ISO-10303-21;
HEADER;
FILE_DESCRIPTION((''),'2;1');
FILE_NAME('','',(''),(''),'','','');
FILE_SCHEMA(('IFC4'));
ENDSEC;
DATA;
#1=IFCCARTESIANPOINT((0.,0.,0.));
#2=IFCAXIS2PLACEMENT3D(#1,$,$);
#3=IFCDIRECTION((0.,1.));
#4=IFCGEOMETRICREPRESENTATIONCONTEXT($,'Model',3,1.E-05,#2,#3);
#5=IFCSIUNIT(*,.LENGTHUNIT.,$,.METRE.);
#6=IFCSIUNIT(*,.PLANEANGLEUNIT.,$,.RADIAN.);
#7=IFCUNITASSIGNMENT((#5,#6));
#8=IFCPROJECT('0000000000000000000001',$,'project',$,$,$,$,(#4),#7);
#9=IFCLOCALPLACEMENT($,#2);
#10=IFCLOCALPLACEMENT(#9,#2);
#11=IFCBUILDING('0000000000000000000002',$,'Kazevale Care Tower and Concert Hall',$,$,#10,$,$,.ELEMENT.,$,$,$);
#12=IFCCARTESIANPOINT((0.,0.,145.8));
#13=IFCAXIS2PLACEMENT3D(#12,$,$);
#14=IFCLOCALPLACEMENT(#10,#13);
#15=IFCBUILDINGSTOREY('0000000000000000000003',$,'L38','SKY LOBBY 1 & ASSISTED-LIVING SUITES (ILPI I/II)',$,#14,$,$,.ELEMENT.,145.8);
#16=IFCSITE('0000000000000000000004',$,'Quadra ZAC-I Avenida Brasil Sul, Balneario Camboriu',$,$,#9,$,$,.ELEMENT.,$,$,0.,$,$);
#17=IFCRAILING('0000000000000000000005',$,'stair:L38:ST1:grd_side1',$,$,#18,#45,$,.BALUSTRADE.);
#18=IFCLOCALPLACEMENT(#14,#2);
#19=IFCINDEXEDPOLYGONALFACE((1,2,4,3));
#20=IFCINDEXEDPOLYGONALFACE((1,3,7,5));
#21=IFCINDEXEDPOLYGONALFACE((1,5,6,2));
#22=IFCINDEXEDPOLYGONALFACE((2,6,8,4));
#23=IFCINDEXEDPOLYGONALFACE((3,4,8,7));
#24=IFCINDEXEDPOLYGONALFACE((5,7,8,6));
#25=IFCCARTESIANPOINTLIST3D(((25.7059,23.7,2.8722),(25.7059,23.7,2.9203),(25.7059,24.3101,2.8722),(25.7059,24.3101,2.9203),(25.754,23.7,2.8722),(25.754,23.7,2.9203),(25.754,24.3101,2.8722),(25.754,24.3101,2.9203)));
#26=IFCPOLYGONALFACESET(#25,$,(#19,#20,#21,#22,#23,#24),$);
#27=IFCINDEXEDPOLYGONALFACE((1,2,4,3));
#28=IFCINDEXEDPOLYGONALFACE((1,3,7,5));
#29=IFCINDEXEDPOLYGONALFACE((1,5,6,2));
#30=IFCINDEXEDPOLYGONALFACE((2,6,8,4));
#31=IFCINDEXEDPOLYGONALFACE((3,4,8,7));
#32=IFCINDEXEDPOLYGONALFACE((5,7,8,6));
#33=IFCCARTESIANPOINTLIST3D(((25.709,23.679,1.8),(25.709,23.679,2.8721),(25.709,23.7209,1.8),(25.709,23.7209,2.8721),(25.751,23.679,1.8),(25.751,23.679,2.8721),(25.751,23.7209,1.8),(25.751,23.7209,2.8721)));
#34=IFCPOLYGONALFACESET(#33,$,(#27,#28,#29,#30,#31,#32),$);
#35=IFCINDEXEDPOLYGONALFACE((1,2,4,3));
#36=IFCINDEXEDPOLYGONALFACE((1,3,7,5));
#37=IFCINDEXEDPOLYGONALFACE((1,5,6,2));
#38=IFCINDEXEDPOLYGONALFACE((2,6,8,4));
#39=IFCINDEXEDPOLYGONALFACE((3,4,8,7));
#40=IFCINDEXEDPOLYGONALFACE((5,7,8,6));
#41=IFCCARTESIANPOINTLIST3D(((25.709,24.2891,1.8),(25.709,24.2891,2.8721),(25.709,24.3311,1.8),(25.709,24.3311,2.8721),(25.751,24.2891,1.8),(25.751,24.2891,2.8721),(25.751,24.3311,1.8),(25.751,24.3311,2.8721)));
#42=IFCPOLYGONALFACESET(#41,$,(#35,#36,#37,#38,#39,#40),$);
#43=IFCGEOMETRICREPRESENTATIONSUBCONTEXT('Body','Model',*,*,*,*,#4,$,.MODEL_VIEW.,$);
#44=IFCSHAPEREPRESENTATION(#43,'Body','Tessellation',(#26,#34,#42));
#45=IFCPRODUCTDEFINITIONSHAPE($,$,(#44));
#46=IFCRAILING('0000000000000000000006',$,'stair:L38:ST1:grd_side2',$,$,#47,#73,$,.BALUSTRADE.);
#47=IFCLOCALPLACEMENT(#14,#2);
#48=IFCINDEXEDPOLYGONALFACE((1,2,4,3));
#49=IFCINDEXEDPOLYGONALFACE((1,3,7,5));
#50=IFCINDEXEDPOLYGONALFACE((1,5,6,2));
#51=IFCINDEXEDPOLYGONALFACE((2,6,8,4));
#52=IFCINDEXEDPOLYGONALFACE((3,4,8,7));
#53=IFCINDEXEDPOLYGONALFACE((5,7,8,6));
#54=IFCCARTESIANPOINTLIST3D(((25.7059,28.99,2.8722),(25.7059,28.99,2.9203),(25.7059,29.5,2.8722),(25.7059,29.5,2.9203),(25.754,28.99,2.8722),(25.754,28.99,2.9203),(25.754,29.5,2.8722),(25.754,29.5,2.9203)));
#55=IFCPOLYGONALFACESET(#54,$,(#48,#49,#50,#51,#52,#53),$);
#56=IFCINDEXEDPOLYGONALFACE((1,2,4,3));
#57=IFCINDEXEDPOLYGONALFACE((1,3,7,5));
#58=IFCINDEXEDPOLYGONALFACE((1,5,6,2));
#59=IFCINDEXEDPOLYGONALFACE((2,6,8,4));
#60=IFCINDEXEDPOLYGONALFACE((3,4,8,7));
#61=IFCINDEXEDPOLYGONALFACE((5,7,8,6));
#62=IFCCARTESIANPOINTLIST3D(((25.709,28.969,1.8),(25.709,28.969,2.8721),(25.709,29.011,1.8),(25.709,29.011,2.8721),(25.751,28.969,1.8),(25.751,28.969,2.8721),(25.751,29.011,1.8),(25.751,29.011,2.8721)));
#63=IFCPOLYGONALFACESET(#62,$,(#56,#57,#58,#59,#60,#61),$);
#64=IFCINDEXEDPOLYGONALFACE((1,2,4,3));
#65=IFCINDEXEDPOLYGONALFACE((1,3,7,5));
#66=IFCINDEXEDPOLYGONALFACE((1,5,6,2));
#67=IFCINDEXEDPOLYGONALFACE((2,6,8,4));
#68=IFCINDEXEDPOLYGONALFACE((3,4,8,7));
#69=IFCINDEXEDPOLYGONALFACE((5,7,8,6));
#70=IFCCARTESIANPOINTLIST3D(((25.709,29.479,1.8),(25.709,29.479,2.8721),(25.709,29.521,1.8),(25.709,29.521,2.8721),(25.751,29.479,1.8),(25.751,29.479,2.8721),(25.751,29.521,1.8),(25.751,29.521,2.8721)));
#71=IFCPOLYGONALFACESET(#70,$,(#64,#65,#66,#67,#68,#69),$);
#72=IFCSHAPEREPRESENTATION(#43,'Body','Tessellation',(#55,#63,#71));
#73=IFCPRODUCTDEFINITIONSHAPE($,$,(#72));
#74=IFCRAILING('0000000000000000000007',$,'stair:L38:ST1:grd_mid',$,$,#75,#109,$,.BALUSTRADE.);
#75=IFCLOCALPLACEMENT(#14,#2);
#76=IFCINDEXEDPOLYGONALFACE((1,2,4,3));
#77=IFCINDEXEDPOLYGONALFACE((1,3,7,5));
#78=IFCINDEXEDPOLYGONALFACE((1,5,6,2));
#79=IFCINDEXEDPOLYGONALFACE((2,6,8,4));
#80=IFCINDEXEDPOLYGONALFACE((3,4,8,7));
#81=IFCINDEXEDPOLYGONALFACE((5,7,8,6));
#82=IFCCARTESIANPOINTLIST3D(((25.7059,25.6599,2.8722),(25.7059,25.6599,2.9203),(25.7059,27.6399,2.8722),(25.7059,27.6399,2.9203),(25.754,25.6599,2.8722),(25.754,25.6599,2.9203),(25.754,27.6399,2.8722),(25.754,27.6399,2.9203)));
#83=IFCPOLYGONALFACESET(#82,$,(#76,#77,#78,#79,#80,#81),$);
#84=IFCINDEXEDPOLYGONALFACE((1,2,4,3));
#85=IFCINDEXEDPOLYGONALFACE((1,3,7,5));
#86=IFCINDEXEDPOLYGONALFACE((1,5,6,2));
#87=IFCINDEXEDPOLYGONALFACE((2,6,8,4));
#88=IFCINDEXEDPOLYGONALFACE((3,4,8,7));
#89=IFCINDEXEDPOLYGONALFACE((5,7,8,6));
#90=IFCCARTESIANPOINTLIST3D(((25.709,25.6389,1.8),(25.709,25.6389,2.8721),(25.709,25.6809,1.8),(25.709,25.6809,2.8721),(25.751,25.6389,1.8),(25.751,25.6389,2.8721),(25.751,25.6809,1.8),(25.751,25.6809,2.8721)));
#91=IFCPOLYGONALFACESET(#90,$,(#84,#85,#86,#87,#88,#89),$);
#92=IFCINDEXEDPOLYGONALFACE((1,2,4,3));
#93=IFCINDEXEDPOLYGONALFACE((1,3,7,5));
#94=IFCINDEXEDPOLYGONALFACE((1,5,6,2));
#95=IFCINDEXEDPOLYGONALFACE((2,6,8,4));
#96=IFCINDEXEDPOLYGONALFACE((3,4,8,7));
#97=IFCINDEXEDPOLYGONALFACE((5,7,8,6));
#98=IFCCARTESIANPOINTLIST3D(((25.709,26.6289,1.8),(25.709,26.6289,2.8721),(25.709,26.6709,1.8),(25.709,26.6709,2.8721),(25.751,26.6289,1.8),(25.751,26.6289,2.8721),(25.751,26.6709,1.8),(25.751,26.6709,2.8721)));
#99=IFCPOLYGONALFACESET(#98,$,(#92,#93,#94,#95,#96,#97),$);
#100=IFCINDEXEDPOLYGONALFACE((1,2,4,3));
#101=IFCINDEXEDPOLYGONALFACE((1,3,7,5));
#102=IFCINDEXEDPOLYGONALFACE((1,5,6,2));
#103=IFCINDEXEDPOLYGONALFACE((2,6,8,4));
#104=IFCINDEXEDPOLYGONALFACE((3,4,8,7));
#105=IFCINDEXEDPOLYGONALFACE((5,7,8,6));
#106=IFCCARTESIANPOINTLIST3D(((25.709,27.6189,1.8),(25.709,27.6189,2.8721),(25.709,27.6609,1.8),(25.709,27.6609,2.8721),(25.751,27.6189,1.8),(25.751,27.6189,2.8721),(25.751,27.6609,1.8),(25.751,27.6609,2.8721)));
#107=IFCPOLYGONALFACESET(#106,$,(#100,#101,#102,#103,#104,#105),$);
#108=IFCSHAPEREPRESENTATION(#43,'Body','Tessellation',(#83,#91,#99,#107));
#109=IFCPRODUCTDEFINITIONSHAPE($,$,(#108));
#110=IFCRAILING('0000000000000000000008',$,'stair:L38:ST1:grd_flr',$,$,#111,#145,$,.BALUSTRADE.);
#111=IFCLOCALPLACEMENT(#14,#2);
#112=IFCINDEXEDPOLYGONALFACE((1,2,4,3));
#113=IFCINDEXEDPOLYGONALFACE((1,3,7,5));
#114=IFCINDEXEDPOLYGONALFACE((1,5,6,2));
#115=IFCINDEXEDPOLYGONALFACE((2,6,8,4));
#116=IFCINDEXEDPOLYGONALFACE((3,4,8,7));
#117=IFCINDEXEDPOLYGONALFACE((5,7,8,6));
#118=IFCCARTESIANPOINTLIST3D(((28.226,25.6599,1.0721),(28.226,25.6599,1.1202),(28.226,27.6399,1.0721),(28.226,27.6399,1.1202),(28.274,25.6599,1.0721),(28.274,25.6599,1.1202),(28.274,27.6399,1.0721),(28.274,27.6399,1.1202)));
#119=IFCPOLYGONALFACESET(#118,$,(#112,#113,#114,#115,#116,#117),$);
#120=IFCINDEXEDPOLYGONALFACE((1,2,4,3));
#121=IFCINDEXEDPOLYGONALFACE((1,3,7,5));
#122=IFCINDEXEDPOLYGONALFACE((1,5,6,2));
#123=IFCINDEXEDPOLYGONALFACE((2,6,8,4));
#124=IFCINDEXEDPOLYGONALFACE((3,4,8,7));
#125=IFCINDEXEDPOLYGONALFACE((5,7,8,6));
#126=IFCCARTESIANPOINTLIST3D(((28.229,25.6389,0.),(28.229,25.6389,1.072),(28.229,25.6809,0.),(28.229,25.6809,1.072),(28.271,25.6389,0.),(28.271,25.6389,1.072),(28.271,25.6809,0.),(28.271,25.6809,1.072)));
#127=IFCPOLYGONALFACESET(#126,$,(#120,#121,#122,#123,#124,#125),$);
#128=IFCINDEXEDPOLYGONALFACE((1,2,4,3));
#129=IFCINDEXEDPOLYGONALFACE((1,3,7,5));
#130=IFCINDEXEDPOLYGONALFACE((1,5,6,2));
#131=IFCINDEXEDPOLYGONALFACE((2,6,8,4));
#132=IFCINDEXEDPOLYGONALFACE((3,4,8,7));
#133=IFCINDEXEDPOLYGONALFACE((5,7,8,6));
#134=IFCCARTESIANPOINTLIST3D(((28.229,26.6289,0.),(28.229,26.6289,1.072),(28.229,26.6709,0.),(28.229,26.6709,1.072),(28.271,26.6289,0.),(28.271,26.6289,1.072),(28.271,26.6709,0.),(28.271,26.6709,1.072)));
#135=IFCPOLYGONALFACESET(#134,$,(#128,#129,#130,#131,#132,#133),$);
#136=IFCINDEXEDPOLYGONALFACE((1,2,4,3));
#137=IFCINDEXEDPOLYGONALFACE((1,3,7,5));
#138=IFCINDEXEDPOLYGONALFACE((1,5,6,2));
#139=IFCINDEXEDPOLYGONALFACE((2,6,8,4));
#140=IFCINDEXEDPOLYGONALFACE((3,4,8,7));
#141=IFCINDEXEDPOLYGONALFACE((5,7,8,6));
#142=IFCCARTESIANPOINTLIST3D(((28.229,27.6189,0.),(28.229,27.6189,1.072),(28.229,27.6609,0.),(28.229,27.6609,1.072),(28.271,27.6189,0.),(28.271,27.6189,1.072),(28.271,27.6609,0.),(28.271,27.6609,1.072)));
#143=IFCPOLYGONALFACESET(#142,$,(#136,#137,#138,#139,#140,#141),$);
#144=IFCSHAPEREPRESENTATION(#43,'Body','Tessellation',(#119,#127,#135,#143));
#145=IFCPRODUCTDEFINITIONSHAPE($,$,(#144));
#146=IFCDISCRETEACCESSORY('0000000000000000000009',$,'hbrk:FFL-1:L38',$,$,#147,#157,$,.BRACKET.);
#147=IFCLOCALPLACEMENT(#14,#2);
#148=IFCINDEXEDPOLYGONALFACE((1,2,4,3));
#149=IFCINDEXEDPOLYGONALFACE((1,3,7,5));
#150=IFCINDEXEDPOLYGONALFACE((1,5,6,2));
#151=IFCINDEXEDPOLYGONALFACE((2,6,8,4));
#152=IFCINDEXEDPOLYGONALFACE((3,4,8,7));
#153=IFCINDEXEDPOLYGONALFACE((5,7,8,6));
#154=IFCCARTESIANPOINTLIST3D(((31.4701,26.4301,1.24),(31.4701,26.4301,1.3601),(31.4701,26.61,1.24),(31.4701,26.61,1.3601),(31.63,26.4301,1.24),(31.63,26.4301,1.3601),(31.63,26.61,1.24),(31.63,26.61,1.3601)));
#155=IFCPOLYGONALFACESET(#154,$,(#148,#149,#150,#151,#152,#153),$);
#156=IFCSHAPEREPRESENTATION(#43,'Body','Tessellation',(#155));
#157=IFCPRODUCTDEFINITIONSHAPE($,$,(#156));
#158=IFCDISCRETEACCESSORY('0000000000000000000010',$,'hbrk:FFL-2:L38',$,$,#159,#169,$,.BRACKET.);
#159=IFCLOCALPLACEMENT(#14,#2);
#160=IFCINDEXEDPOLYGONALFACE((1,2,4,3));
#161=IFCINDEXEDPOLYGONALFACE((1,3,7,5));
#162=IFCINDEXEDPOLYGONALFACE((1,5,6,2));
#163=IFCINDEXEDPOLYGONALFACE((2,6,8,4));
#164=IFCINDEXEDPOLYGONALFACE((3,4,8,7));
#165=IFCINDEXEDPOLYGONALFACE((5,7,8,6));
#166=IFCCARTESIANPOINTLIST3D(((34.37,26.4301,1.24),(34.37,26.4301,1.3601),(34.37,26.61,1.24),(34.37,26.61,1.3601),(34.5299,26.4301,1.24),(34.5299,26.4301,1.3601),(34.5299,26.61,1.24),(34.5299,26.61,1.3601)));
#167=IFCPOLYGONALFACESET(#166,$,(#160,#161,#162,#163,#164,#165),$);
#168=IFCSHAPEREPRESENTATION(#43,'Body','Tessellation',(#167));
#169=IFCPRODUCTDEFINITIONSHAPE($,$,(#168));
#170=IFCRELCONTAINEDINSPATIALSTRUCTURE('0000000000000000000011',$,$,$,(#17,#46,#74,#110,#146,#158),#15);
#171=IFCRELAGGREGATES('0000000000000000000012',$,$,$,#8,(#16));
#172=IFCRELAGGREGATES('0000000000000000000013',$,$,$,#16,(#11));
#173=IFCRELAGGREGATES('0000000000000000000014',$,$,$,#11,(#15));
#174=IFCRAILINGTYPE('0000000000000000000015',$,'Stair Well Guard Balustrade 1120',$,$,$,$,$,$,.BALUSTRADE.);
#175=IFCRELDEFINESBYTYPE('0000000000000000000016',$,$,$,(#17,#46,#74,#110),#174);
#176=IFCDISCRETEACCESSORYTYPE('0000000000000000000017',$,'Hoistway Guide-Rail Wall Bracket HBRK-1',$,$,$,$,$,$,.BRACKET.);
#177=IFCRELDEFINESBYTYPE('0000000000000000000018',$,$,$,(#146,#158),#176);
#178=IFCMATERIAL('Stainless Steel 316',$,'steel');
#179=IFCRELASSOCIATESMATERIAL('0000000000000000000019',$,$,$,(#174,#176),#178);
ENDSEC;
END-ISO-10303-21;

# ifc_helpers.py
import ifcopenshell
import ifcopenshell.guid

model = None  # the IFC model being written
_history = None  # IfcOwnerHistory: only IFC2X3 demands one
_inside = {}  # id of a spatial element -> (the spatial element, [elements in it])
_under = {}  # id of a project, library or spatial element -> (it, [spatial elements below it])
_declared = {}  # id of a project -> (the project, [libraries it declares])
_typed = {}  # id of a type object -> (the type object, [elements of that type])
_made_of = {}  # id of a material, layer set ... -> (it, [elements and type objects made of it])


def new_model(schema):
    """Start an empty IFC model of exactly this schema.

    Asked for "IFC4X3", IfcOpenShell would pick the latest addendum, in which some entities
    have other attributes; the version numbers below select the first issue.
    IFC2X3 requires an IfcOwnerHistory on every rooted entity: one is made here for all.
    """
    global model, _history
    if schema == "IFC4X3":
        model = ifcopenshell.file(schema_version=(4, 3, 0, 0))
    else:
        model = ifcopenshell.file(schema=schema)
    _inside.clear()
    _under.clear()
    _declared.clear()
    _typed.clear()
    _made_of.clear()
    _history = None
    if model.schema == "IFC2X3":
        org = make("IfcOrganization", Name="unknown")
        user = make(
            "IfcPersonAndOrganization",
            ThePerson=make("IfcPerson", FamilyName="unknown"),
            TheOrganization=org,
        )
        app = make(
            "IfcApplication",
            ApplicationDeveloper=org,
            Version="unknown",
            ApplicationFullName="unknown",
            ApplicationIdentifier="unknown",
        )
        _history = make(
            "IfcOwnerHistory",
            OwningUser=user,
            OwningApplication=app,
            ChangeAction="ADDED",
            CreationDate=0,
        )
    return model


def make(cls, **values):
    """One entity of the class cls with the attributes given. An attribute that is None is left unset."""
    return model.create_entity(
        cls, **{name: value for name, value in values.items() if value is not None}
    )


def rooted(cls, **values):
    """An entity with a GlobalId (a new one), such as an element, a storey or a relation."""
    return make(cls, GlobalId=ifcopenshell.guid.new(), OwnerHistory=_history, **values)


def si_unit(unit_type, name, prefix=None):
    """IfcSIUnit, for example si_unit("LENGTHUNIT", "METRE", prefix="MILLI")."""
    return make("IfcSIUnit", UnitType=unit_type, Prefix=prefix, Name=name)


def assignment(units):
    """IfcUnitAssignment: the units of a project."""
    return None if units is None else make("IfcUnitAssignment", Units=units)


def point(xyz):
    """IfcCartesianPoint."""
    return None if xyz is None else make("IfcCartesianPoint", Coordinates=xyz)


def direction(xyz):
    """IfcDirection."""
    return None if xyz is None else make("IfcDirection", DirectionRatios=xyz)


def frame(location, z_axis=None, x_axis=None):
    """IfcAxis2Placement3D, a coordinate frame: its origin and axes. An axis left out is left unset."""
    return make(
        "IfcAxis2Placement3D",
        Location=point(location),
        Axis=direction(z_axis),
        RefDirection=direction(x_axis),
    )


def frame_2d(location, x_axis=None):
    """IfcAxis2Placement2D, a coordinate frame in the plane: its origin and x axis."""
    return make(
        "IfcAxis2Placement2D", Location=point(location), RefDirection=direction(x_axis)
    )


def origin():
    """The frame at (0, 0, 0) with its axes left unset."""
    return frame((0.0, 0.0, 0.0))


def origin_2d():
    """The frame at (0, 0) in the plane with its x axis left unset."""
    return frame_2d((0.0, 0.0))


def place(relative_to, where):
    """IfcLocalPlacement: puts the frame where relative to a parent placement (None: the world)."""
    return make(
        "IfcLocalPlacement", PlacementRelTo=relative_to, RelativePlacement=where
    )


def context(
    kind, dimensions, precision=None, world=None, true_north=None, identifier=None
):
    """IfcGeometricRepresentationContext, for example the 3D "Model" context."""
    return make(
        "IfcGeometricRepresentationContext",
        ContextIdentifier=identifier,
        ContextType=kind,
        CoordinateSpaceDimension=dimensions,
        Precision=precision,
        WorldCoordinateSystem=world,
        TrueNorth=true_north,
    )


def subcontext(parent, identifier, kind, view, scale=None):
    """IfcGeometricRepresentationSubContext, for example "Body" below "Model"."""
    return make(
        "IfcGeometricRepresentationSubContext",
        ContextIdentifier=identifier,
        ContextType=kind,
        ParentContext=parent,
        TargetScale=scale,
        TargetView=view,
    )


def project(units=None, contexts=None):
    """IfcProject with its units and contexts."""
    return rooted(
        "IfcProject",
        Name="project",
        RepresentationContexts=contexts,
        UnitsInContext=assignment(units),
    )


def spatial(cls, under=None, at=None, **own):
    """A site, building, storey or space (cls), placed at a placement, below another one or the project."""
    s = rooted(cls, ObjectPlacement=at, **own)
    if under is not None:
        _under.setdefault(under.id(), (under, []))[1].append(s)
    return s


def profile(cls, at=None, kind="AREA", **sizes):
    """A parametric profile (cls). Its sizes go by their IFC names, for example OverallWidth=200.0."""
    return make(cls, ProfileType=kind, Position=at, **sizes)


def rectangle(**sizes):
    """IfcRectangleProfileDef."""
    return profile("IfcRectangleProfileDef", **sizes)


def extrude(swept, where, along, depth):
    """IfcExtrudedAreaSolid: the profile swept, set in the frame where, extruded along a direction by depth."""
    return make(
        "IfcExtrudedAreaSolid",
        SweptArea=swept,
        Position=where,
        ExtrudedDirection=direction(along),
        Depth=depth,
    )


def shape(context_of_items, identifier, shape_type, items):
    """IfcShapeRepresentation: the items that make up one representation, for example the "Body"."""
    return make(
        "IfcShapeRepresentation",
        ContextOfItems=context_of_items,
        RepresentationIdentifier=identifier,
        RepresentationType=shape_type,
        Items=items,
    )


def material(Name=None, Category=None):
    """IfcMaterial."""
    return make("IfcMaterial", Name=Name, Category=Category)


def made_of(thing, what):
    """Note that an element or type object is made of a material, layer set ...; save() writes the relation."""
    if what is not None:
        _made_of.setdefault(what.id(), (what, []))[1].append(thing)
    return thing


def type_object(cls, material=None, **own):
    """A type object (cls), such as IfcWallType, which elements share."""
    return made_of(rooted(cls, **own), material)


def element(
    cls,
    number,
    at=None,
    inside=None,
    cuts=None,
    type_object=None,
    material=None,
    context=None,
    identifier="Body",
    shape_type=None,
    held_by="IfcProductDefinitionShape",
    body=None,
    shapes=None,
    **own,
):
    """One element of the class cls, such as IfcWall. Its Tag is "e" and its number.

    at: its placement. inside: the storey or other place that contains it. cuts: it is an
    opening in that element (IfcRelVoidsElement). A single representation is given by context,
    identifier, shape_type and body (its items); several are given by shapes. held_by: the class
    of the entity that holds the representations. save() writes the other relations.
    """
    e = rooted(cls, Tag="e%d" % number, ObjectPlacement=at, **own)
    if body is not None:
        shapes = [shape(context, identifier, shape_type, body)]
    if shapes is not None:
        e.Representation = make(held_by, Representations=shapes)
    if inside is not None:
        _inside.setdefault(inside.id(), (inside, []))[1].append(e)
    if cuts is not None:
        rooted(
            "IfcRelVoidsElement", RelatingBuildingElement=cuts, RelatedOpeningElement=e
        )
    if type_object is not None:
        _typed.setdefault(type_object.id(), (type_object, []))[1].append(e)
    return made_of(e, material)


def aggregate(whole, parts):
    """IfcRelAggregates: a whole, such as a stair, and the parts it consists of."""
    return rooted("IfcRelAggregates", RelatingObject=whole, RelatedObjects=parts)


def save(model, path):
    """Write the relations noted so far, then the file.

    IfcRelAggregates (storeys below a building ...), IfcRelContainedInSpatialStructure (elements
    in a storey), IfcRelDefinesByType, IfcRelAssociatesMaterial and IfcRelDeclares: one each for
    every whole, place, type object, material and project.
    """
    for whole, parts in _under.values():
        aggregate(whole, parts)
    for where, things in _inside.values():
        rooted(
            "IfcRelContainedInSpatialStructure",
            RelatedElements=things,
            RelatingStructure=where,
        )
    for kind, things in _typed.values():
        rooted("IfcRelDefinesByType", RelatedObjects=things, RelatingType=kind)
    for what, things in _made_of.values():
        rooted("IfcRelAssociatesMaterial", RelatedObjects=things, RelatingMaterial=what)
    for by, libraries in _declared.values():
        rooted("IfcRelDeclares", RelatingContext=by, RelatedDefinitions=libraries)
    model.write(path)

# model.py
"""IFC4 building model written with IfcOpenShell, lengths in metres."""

from ifc_helpers import new_model, si_unit, direction, frame, origin, origin_2d, place, context, subcontext, project, spatial, rectangle, extrude, material, type_object, element, save


model = new_model("IFC4")

# Units and contexts
model_context = context("Model", 3, precision=1e-05, world=origin(), true_north=direction((0.0, 1.0)))
body_context = subcontext(model_context, "Body", "Model", "MODEL_VIEW")
ifc_project = project(units=[si_unit("LENGTHUNIT", "METRE"), si_unit("PLANEANGLEUNIT", "RADIAN")], contexts=[model_context])

# Site, building, storey
site_placement = place(None, origin())
site = spatial("IfcSite", under=ifc_project, at=site_placement, Name="Quadra ZAC-I Avenida Brasil Sul, Balneario Camboriu", CompositionType="ELEMENT", RefElevation=0.0)
building_placement = place(site_placement, origin())
building = spatial("IfcBuilding", under=site, at=building_placement, Name="Kazevale Care Tower and Concert Hall", CompositionType="ELEMENT")
storey_placement = place(building_placement, frame((0.0, 0.0, 145.8)))
storey = spatial("IfcBuildingStorey", under=building, at=storey_placement, Name="L38", Description="SKY LOBBY 1 & ASSISTED-LIVING SUITES (ILPI I/II)", CompositionType="ELEMENT", Elevation=145.8)

# Shared definitions
ifc_material_1 = material(Name="Stainless Steel 316", Category="steel")

# Railings
railing_type_1 = type_object("IfcRailingType", Name="Stair Well Guard Balustrade 1120", PredefinedType="BALUSTRADE", material=ifc_material_1)
railing_1_placement = place(storey_placement, frame((25.73, 23.7, 1.8)))
element("IfcRailing", 1, at=railing_1_placement, inside=storey, type_object=railing_type_1, Name="stair:L38:ST1:grd_side1", PredefinedType="BALUSTRADE", context=body_context, shape_type="SweptSolid", body=[
    extrude(rectangle(XDim=0.0481, YDim=0.0481, at=origin_2d()), frame((0.0, 0.0, 1.0962), z_axis=(0.0, 1.0, 0.0), x_axis=(-1.0, 0.0, 0.0)), (0.0, 0.0, 1.0), 0.6101),
    extrude(rectangle(XDim=0.042, YDim=0.042, at=origin_2d()), origin(), (0.0, 0.0, 1.0), 1.072),
    extrude(rectangle(XDim=0.042, YDim=0.042, at=origin_2d()), frame((0.0, 0.6101, 0.0)), (0.0, 0.0, 1.0), 1.072),
])
railing_2_placement = place(storey_placement, frame((25.73, 28.99, 1.8)))
element("IfcRailing", 2, at=railing_2_placement, inside=storey, type_object=railing_type_1, Name="stair:L38:ST1:grd_side2", PredefinedType="BALUSTRADE", context=body_context, shape_type="SweptSolid", body=[
    extrude(rectangle(XDim=0.0481, YDim=0.0481, at=origin_2d()), frame((0.0, 0.0, 1.0962), z_axis=(0.0, 1.0, 0.0), x_axis=(-1.0, 0.0, 0.0)), (0.0, 0.0, 1.0), 0.51),
    extrude(rectangle(XDim=0.042, YDim=0.042, at=origin_2d()), origin(), (0.0, 0.0, 1.0), 1.072),
    extrude(rectangle(XDim=0.042, YDim=0.042, at=origin_2d()), frame((0.0, 0.51, 0.0)), (0.0, 0.0, 1.0), 1.072),
])
for number, where, name in (
    (3, (25.73, 25.6599, 1.8), "stair:L38:ST1:grd_mid"),
    (4, (28.25, 25.6599, 0.0), "stair:L38:ST1:grd_flr"),
):
    element("IfcRailing", number, at=place(storey_placement, frame(where)), inside=storey, type_object=railing_type_1, Name=name, PredefinedType="BALUSTRADE", context=body_context, shape_type="SweptSolid", body=[
        extrude(rectangle(XDim=0.0481, YDim=0.0481, at=origin_2d()), frame((0.0, 0.0, 1.0962), z_axis=(0.0, 1.0, 0.0), x_axis=(-1.0, 0.0, 0.0)), (0.0, 0.0, 1.0), 1.98),
        extrude(rectangle(XDim=0.042, YDim=0.042, at=origin_2d()), origin(), (0.0, 0.0, 1.0), 1.072),
        extrude(rectangle(XDim=0.042, YDim=0.042, at=origin_2d()), frame((0.0, 0.99, 0.0)), (0.0, 0.0, 1.0), 1.072),
        extrude(rectangle(XDim=0.042, YDim=0.042, at=origin_2d()), frame((0.0, 1.98, 0.0)), (0.0, 0.0, 1.0), 1.072),
    ])

# Discrete accessories
discrete_accessory_type = type_object("IfcDiscreteAccessoryType", Name="Hoistway Guide-Rail Wall Bracket HBRK-1", PredefinedType="BRACKET", material=ifc_material_1)
for number, where, z_axis, x_axis, name in (
    (5, (31.55, 26.52, 1.24), (0.0, 0.0, 1.0), (1.0, 0.0, 0.0), "hbrk:FFL-1:L38"),
    (6, (34.45, 26.52, 1.24), (0.0, 0.0, 1.0), (1.0, 0.0, 0.0), "hbrk:FFL-2:L38"),
):
    element("IfcDiscreteAccessory", number, at=place(storey_placement, frame(where, z_axis=z_axis, x_axis=x_axis)), inside=storey, type_object=discrete_accessory_type, Name=name, PredefinedType="BRACKET", context=body_context, shape_type="SweptSolid", body=[
        extrude(rectangle(XDim=0.1599, YDim=0.1799, at=origin_2d()), origin(), (0.0, 0.0, 1.0), 0.1201),
    ])

save(model, "model.ifc")
